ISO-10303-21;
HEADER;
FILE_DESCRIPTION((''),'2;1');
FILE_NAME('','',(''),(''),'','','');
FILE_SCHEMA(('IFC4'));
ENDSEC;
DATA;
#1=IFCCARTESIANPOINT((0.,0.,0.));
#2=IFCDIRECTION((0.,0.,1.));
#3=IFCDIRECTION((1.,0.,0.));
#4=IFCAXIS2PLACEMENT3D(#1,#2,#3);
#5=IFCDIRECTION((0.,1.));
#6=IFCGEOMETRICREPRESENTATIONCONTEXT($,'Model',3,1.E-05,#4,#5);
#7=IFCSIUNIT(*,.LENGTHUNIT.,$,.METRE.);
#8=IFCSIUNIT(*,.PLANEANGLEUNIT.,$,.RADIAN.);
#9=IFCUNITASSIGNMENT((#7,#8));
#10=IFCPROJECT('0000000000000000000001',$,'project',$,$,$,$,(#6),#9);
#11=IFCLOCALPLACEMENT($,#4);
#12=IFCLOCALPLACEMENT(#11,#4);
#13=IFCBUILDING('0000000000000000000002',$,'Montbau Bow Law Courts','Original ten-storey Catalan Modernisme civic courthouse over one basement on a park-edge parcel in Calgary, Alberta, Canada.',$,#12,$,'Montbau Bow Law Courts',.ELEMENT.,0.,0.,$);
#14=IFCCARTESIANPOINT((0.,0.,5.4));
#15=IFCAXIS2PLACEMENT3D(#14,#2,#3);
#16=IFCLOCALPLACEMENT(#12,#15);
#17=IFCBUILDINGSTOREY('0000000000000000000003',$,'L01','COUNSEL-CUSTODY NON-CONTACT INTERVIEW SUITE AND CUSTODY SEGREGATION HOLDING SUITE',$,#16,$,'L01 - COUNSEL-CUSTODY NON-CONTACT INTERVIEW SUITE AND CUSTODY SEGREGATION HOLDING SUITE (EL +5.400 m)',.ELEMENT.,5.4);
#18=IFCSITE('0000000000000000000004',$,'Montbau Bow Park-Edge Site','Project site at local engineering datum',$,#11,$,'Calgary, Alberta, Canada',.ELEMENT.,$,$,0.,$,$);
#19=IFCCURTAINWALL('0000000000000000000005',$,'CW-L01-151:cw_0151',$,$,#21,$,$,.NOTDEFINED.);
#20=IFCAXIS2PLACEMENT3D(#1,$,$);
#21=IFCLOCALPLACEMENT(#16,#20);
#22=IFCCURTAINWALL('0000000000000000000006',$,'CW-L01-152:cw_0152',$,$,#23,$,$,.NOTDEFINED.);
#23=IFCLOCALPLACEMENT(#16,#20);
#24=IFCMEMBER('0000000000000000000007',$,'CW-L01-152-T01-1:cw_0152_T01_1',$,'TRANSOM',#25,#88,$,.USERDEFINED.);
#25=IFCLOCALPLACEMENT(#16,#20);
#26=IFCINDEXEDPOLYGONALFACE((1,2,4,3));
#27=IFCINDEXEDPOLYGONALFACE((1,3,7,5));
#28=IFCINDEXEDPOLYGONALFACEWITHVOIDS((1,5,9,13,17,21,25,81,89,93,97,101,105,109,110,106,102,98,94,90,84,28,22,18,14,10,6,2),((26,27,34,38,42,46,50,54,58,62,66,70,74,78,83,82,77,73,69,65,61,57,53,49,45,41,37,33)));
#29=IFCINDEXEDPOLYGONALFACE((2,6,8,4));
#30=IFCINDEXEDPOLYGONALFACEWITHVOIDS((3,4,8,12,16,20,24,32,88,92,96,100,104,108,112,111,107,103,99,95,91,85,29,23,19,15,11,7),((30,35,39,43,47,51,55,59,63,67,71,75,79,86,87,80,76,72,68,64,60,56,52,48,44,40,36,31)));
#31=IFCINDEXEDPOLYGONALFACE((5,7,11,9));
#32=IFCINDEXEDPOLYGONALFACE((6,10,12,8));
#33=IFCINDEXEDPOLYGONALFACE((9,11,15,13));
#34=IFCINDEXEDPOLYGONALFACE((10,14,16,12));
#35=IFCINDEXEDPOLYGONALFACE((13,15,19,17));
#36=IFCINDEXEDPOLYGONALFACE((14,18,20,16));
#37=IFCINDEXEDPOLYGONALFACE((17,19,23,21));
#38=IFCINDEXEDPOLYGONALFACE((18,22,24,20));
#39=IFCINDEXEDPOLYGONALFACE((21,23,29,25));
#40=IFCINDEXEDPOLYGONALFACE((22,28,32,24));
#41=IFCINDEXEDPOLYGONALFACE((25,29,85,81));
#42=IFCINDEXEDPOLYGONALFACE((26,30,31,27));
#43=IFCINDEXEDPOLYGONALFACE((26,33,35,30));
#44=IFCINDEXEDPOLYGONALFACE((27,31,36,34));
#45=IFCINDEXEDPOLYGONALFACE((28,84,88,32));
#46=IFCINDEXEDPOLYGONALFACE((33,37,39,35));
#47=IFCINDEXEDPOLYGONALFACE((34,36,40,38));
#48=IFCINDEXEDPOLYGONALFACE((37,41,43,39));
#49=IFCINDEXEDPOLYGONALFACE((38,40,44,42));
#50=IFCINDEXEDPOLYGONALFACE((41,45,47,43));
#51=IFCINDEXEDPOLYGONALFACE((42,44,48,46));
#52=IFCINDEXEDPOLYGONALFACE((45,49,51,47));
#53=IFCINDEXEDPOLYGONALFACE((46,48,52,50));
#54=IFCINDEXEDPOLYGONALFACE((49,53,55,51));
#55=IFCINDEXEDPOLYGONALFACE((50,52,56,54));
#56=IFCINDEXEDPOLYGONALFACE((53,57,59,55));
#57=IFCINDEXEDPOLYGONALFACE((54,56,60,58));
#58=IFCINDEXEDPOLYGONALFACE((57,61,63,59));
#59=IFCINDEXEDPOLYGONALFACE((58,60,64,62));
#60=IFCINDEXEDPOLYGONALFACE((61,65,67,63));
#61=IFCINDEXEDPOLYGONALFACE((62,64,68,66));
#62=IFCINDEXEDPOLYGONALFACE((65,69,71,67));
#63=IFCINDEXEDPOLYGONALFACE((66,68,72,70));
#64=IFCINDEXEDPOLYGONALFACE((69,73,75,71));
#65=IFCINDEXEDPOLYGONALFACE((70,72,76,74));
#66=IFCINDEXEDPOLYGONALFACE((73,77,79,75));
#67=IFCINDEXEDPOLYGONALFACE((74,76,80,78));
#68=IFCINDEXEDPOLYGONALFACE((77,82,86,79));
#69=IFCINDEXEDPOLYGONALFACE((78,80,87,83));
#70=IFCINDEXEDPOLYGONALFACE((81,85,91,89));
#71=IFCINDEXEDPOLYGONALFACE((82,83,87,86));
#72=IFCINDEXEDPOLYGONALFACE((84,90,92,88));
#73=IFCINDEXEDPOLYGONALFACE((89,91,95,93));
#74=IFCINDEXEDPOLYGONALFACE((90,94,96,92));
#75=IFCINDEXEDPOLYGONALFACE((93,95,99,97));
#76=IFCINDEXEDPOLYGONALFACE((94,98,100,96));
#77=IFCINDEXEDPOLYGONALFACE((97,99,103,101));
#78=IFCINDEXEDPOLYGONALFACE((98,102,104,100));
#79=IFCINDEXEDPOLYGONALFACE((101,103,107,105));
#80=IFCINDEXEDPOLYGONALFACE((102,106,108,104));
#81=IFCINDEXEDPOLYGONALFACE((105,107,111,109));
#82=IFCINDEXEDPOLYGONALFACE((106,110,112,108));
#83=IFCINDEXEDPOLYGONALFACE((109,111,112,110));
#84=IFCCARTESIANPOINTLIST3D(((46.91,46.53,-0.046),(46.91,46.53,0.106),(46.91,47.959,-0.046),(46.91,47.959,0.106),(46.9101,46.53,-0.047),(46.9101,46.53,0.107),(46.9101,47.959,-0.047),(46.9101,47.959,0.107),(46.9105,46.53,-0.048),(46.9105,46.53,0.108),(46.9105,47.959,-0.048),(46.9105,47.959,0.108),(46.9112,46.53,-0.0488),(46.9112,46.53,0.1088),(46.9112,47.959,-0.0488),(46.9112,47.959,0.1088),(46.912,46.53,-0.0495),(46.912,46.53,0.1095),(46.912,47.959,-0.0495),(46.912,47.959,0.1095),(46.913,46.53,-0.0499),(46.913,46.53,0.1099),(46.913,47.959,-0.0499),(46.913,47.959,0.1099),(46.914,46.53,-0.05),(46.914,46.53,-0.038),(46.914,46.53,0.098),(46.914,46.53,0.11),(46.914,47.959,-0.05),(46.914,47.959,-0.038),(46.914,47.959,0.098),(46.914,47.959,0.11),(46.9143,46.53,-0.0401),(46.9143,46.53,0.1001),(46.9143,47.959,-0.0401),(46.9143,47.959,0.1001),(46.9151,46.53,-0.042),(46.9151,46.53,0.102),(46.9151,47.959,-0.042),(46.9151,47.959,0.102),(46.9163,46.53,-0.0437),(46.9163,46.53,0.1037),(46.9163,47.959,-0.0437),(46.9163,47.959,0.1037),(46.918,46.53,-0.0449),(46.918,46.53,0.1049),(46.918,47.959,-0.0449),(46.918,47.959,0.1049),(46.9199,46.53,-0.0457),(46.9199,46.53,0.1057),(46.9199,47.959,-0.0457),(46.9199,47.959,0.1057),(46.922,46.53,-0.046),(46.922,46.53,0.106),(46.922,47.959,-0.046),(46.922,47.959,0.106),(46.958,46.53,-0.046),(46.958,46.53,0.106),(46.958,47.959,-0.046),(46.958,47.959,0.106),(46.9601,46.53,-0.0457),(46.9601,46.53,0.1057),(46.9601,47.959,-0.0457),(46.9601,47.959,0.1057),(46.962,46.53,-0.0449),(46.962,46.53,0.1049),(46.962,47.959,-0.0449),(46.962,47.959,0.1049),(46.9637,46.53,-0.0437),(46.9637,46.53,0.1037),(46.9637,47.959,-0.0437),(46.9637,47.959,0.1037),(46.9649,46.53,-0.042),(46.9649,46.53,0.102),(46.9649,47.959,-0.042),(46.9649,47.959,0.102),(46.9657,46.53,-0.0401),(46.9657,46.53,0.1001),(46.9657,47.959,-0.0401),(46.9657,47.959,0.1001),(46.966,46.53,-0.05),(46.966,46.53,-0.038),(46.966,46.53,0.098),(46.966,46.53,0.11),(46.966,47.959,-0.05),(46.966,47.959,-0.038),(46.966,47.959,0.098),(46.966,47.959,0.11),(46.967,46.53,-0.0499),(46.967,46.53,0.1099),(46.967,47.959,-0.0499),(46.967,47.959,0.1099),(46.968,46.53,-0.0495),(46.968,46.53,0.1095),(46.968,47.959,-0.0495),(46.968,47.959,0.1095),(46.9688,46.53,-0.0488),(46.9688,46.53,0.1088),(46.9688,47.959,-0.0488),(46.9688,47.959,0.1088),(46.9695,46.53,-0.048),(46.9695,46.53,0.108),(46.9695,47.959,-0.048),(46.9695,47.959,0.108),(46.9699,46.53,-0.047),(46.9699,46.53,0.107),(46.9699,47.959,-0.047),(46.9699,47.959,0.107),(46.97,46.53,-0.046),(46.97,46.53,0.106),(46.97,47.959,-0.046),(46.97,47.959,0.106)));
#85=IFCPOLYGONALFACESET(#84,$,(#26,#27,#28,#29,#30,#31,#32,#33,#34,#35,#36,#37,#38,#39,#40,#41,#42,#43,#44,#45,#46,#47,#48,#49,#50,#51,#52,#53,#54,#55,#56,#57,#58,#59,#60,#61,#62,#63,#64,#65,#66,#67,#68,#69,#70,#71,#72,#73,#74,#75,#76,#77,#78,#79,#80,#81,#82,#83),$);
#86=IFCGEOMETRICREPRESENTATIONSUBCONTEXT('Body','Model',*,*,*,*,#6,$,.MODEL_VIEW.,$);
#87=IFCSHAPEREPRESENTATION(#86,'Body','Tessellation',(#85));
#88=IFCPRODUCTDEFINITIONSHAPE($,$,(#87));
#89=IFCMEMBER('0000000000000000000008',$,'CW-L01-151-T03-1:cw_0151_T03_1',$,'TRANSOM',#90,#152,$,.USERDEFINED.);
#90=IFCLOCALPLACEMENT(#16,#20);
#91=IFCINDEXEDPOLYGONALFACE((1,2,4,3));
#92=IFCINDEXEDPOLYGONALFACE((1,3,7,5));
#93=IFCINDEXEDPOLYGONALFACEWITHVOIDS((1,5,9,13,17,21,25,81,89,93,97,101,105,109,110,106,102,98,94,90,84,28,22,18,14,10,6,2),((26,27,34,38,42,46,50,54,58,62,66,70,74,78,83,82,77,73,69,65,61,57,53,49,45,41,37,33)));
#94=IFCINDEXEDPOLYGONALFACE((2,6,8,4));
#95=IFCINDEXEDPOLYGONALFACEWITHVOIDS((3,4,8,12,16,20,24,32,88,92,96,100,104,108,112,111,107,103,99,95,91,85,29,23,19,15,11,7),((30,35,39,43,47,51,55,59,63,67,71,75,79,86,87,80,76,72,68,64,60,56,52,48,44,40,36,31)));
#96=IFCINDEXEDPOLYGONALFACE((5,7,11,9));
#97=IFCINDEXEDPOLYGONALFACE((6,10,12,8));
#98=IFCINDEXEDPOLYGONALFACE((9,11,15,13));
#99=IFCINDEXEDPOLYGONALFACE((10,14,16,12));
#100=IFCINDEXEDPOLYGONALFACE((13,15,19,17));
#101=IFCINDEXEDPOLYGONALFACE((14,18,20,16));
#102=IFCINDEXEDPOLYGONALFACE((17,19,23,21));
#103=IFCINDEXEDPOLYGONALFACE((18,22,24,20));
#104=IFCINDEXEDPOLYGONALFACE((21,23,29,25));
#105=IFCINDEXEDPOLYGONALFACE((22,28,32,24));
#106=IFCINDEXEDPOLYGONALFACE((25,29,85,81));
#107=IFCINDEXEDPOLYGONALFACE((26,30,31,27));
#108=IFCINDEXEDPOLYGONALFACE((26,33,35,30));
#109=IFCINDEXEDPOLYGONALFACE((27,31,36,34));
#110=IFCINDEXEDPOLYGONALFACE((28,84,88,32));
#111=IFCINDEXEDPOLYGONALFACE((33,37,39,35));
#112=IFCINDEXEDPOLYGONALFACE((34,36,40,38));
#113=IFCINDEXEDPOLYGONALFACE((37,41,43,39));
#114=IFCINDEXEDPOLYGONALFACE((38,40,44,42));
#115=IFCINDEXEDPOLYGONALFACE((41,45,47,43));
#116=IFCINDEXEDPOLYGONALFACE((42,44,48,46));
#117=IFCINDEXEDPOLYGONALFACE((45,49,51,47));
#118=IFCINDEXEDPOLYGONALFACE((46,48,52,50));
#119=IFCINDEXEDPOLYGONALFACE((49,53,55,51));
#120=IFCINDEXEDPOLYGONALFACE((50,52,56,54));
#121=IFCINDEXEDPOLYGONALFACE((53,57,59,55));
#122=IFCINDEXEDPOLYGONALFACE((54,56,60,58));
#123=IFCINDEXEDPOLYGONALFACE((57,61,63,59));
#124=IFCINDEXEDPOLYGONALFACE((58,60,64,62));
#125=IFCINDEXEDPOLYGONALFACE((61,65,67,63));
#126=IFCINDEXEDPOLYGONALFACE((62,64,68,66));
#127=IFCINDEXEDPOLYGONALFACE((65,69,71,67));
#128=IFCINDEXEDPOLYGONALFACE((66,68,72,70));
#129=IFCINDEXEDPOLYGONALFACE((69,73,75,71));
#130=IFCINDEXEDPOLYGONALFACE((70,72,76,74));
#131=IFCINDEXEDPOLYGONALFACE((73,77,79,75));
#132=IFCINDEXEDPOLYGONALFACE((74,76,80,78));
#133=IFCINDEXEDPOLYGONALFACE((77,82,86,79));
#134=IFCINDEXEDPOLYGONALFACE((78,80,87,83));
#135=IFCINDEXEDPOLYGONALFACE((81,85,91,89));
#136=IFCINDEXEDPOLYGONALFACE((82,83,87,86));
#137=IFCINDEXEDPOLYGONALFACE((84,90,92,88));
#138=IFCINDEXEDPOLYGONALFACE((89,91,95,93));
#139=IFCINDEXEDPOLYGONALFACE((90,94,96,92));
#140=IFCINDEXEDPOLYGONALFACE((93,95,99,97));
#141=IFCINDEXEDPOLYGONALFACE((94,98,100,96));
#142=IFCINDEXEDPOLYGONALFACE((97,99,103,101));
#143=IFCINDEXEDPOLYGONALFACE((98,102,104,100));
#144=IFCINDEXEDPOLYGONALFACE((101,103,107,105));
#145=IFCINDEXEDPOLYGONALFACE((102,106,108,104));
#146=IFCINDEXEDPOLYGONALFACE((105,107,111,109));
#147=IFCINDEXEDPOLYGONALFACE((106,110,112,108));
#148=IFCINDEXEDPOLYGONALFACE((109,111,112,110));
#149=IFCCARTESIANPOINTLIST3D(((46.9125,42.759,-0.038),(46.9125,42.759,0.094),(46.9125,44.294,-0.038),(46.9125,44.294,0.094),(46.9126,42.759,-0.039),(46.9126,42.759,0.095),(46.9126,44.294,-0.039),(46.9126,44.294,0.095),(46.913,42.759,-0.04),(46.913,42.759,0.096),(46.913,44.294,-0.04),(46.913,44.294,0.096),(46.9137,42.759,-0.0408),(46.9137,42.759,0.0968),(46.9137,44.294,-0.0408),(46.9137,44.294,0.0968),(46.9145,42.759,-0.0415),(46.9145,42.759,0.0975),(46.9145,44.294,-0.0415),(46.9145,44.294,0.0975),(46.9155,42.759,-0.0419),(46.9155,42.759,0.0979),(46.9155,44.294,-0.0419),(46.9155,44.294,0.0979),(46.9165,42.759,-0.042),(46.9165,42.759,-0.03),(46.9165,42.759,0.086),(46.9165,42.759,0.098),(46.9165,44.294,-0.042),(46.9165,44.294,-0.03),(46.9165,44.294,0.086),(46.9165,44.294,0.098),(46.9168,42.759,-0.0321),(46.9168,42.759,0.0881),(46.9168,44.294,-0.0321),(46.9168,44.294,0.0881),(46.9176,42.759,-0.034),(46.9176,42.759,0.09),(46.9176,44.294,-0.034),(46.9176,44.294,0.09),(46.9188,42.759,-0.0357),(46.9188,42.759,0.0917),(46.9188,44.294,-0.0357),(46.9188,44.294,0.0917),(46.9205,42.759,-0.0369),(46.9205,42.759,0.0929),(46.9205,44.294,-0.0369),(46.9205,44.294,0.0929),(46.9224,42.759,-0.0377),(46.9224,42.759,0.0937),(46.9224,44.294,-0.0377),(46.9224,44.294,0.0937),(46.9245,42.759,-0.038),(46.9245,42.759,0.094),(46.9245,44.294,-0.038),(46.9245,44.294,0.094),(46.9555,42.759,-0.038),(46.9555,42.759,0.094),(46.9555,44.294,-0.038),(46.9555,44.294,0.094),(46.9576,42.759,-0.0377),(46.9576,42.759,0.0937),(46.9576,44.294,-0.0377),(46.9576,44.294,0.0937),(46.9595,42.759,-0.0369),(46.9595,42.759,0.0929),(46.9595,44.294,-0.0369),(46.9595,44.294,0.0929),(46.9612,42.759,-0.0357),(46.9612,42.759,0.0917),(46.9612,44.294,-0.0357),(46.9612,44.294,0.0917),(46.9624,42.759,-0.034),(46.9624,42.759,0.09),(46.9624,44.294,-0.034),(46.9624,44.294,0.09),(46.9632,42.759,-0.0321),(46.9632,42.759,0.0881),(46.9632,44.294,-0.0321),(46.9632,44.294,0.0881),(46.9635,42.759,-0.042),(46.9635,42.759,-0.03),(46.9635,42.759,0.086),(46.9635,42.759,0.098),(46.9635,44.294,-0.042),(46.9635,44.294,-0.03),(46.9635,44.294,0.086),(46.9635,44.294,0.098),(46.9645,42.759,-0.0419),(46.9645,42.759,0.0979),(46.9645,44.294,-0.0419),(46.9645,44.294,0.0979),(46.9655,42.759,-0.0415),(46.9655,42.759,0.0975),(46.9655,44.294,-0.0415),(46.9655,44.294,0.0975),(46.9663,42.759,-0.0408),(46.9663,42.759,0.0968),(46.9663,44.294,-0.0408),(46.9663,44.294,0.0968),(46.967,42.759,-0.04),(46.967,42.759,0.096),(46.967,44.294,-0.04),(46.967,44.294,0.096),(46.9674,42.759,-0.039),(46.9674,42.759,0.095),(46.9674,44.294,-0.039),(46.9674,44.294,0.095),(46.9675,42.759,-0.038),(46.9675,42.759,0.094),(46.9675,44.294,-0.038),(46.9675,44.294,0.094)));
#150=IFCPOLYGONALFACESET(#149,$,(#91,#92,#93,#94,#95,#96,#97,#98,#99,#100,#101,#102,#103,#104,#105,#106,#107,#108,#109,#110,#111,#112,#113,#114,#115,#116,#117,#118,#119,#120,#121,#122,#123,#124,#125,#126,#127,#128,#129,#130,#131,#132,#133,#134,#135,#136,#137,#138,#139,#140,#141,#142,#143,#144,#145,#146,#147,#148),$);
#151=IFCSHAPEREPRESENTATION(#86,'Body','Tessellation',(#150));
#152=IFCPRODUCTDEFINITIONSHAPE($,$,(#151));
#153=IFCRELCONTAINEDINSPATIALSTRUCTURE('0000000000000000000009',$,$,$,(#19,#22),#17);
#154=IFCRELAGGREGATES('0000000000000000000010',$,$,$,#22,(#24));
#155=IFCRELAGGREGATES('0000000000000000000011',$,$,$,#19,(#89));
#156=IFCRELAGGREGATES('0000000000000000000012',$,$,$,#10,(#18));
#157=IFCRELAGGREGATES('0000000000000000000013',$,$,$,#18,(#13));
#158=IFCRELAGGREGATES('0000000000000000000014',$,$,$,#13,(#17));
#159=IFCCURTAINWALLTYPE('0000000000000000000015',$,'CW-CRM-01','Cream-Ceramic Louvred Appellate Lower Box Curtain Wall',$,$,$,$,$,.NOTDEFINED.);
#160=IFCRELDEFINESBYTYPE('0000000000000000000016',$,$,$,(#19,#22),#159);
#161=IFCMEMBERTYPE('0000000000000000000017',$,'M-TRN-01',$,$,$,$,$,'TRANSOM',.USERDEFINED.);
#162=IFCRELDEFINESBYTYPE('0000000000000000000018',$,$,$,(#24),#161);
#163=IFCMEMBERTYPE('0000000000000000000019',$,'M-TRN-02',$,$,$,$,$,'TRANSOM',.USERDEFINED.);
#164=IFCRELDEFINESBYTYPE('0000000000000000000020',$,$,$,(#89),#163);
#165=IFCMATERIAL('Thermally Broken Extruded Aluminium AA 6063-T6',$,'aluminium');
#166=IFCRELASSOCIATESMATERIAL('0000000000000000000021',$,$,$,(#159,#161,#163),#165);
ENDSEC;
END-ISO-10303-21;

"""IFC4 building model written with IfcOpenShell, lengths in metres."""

from ifc_helpers import new_model, si_unit, direction, frame, origin_with_axes, origin_2d_with_axis, place, context, subcontext, project, spatial, hollow_rectangle, extrude, material, material_profile, profile_set, type_object, element, aggregate, save


model = new_model("IFC4")

# Units and contexts
model_context = context("Model", 3, precision=1e-05, world=origin_with_axes(), true_north=direction((0.0, 1.0)))
body_context = subcontext(model_context, "Body", "Model", "MODEL_VIEW")
ifc_project = project(units=[si_unit("LENGTHUNIT", "METRE"), si_unit("PLANEANGLEUNIT", "RADIAN")], contexts=[model_context])

# Site, building, storey
site_placement = place(None, origin_with_axes())
site = spatial("IfcSite", under=ifc_project, at=site_placement, Name="Montbau Bow Park-Edge Site", Description="Project site at local engineering datum", LongName="Calgary, Alberta, Canada", CompositionType="ELEMENT", RefElevation=0.0)
building_placement = place(site_placement, origin_with_axes())
building = spatial("IfcBuilding", under=site, at=building_placement, Name="Montbau Bow Law Courts", Description="Original ten-storey Catalan Modernisme civic courthouse over one basement on a park-edge parcel in Calgary, Alberta, Canada.", LongName="Montbau Bow Law Courts", CompositionType="ELEMENT", ElevationOfRefHeight=0.0, ElevationOfTerrain=0.0)
storey_placement = place(building_placement, frame((0.0, 0.0, 5.4), z_axis=(0.0, 0.0, 1.0), x_axis=(1.0, 0.0, 0.0)))
storey = spatial("IfcBuildingStorey", under=building, at=storey_placement, Name="L01", Description="COUNSEL-CUSTODY NON-CONTACT INTERVIEW SUITE AND CUSTODY SEGREGATION HOLDING SUITE", LongName="L01 - COUNSEL-CUSTODY NON-CONTACT INTERVIEW SUITE AND CUSTODY SEGREGATION HOLDING SUITE (EL +5.400 m)", CompositionType="ELEMENT", Elevation=5.4)

# Shared definitions
ifc_material_1 = material(Name="Thermally Broken Extruded Aluminium AA 6063-T6", Category="aluminium")

# Curtain wall
curtain_wall_type_1 = type_object("IfcCurtainWallType", Name="CW-CRM-01", Description="Cream-Ceramic Louvred Appellate Lower Box Curtain Wall", PredefinedType="NOTDEFINED", material=ifc_material_1)
curtain_wall_1_placement = place(None, frame((46.94, 39.515, 5.4), z_axis=(0.0, 0.0, 1.0), x_axis=(1.0, 0.0, 0.0)))
curtain_wall_1 = element("IfcCurtainWall", 1, at=curtain_wall_1_placement, inside=storey, type_object=curtain_wall_type_1, Name="CW-L01-151:cw_0151", PredefinedType="NOTDEFINED")

# Curtain wall
curtain_wall_2_placement = place(None, frame((46.94, 46.468, 5.4), z_axis=(0.0, 0.0, 1.0), x_axis=(1.0, 0.0, 0.0)))
curtain_wall_2 = element("IfcCurtainWall", 2, at=curtain_wall_2_placement, inside=storey, type_object=curtain_wall_type_1, Name="CW-L01-152:cw_0152", PredefinedType="NOTDEFINED")

# Members
ifc_material_profile_1 = material_profile(ifc_material_1, hollow_rectangle(XDim=0.06, YDim=0.16, WallThickness=0.004, InnerFilletRadius=0.008, OuterFilletRadius=0.004, at=origin_2d_with_axis()), Name="CWT-160X60", Category="Main", Priority=0)
ifc_profile_set_1 = profile_set([ifc_material_profile_1], Name="Thermally Broken Extruded Aluminium AA 6063-T6")
member_type_1 = type_object("IfcMemberType", Name="M-TRN-01", ElementType="TRANSOM", PredefinedType="USERDEFINED", material=ifc_profile_set_1)
member_1_placement = place(None, frame((46.94, 46.53, 5.43), z_axis=(0.0, 1.0, 0.0), x_axis=(-1.0, 0.0, 0.0)))
member_1 = element("IfcMember", 3, at=member_1_placement, type_object=member_type_1, Name="CW-L01-152-T01-1:cw_0152_T01_1", ObjectType="TRANSOM", PredefinedType="USERDEFINED", context=body_context, shape_type="SweptSolid", body=[
    extrude(hollow_rectangle(XDim=0.06, YDim=0.16, WallThickness=0.004, InnerFilletRadius=0.008, OuterFilletRadius=0.004, at=origin_2d_with_axis()), origin_with_axes(), (0.0, 0.0, 1.0), 1.429),
])
aggregate(curtain_wall_2, [member_1])
ifc_material_profile_2 = material_profile(ifc_material_1, hollow_rectangle(XDim=0.055, YDim=0.14, WallThickness=0.004, InnerFilletRadius=0.008, OuterFilletRadius=0.004, at=origin_2d_with_axis()), Name="CWT-140X55", Category="Main", Priority=0)
ifc_profile_set_2 = profile_set([ifc_material_profile_2], Name="Thermally Broken Extruded Aluminium AA 6063-T6")
member_type_2 = type_object("IfcMemberType", Name="M-TRN-02", ElementType="TRANSOM", PredefinedType="USERDEFINED", material=ifc_profile_set_2)
member_2_placement = place(None, frame((46.94, 42.759, 5.428), z_axis=(0.0, 1.0, 0.0), x_axis=(-1.0, 0.0, 0.0)))
member_2 = element("IfcMember", 4, at=member_2_placement, type_object=member_type_2, Name="CW-L01-151-T03-1:cw_0151_T03_1", ObjectType="TRANSOM", PredefinedType="USERDEFINED", context=body_context, shape_type="SweptSolid", body=[
    extrude(hollow_rectangle(XDim=0.055, YDim=0.14, WallThickness=0.004, InnerFilletRadius=0.008, OuterFilletRadius=0.004, at=origin_2d_with_axis()), origin_with_axes(), (0.0, 0.0, 1.0), 1.535),
])
aggregate(curtain_wall_1, [member_2])

save(model, "model.ifc")
